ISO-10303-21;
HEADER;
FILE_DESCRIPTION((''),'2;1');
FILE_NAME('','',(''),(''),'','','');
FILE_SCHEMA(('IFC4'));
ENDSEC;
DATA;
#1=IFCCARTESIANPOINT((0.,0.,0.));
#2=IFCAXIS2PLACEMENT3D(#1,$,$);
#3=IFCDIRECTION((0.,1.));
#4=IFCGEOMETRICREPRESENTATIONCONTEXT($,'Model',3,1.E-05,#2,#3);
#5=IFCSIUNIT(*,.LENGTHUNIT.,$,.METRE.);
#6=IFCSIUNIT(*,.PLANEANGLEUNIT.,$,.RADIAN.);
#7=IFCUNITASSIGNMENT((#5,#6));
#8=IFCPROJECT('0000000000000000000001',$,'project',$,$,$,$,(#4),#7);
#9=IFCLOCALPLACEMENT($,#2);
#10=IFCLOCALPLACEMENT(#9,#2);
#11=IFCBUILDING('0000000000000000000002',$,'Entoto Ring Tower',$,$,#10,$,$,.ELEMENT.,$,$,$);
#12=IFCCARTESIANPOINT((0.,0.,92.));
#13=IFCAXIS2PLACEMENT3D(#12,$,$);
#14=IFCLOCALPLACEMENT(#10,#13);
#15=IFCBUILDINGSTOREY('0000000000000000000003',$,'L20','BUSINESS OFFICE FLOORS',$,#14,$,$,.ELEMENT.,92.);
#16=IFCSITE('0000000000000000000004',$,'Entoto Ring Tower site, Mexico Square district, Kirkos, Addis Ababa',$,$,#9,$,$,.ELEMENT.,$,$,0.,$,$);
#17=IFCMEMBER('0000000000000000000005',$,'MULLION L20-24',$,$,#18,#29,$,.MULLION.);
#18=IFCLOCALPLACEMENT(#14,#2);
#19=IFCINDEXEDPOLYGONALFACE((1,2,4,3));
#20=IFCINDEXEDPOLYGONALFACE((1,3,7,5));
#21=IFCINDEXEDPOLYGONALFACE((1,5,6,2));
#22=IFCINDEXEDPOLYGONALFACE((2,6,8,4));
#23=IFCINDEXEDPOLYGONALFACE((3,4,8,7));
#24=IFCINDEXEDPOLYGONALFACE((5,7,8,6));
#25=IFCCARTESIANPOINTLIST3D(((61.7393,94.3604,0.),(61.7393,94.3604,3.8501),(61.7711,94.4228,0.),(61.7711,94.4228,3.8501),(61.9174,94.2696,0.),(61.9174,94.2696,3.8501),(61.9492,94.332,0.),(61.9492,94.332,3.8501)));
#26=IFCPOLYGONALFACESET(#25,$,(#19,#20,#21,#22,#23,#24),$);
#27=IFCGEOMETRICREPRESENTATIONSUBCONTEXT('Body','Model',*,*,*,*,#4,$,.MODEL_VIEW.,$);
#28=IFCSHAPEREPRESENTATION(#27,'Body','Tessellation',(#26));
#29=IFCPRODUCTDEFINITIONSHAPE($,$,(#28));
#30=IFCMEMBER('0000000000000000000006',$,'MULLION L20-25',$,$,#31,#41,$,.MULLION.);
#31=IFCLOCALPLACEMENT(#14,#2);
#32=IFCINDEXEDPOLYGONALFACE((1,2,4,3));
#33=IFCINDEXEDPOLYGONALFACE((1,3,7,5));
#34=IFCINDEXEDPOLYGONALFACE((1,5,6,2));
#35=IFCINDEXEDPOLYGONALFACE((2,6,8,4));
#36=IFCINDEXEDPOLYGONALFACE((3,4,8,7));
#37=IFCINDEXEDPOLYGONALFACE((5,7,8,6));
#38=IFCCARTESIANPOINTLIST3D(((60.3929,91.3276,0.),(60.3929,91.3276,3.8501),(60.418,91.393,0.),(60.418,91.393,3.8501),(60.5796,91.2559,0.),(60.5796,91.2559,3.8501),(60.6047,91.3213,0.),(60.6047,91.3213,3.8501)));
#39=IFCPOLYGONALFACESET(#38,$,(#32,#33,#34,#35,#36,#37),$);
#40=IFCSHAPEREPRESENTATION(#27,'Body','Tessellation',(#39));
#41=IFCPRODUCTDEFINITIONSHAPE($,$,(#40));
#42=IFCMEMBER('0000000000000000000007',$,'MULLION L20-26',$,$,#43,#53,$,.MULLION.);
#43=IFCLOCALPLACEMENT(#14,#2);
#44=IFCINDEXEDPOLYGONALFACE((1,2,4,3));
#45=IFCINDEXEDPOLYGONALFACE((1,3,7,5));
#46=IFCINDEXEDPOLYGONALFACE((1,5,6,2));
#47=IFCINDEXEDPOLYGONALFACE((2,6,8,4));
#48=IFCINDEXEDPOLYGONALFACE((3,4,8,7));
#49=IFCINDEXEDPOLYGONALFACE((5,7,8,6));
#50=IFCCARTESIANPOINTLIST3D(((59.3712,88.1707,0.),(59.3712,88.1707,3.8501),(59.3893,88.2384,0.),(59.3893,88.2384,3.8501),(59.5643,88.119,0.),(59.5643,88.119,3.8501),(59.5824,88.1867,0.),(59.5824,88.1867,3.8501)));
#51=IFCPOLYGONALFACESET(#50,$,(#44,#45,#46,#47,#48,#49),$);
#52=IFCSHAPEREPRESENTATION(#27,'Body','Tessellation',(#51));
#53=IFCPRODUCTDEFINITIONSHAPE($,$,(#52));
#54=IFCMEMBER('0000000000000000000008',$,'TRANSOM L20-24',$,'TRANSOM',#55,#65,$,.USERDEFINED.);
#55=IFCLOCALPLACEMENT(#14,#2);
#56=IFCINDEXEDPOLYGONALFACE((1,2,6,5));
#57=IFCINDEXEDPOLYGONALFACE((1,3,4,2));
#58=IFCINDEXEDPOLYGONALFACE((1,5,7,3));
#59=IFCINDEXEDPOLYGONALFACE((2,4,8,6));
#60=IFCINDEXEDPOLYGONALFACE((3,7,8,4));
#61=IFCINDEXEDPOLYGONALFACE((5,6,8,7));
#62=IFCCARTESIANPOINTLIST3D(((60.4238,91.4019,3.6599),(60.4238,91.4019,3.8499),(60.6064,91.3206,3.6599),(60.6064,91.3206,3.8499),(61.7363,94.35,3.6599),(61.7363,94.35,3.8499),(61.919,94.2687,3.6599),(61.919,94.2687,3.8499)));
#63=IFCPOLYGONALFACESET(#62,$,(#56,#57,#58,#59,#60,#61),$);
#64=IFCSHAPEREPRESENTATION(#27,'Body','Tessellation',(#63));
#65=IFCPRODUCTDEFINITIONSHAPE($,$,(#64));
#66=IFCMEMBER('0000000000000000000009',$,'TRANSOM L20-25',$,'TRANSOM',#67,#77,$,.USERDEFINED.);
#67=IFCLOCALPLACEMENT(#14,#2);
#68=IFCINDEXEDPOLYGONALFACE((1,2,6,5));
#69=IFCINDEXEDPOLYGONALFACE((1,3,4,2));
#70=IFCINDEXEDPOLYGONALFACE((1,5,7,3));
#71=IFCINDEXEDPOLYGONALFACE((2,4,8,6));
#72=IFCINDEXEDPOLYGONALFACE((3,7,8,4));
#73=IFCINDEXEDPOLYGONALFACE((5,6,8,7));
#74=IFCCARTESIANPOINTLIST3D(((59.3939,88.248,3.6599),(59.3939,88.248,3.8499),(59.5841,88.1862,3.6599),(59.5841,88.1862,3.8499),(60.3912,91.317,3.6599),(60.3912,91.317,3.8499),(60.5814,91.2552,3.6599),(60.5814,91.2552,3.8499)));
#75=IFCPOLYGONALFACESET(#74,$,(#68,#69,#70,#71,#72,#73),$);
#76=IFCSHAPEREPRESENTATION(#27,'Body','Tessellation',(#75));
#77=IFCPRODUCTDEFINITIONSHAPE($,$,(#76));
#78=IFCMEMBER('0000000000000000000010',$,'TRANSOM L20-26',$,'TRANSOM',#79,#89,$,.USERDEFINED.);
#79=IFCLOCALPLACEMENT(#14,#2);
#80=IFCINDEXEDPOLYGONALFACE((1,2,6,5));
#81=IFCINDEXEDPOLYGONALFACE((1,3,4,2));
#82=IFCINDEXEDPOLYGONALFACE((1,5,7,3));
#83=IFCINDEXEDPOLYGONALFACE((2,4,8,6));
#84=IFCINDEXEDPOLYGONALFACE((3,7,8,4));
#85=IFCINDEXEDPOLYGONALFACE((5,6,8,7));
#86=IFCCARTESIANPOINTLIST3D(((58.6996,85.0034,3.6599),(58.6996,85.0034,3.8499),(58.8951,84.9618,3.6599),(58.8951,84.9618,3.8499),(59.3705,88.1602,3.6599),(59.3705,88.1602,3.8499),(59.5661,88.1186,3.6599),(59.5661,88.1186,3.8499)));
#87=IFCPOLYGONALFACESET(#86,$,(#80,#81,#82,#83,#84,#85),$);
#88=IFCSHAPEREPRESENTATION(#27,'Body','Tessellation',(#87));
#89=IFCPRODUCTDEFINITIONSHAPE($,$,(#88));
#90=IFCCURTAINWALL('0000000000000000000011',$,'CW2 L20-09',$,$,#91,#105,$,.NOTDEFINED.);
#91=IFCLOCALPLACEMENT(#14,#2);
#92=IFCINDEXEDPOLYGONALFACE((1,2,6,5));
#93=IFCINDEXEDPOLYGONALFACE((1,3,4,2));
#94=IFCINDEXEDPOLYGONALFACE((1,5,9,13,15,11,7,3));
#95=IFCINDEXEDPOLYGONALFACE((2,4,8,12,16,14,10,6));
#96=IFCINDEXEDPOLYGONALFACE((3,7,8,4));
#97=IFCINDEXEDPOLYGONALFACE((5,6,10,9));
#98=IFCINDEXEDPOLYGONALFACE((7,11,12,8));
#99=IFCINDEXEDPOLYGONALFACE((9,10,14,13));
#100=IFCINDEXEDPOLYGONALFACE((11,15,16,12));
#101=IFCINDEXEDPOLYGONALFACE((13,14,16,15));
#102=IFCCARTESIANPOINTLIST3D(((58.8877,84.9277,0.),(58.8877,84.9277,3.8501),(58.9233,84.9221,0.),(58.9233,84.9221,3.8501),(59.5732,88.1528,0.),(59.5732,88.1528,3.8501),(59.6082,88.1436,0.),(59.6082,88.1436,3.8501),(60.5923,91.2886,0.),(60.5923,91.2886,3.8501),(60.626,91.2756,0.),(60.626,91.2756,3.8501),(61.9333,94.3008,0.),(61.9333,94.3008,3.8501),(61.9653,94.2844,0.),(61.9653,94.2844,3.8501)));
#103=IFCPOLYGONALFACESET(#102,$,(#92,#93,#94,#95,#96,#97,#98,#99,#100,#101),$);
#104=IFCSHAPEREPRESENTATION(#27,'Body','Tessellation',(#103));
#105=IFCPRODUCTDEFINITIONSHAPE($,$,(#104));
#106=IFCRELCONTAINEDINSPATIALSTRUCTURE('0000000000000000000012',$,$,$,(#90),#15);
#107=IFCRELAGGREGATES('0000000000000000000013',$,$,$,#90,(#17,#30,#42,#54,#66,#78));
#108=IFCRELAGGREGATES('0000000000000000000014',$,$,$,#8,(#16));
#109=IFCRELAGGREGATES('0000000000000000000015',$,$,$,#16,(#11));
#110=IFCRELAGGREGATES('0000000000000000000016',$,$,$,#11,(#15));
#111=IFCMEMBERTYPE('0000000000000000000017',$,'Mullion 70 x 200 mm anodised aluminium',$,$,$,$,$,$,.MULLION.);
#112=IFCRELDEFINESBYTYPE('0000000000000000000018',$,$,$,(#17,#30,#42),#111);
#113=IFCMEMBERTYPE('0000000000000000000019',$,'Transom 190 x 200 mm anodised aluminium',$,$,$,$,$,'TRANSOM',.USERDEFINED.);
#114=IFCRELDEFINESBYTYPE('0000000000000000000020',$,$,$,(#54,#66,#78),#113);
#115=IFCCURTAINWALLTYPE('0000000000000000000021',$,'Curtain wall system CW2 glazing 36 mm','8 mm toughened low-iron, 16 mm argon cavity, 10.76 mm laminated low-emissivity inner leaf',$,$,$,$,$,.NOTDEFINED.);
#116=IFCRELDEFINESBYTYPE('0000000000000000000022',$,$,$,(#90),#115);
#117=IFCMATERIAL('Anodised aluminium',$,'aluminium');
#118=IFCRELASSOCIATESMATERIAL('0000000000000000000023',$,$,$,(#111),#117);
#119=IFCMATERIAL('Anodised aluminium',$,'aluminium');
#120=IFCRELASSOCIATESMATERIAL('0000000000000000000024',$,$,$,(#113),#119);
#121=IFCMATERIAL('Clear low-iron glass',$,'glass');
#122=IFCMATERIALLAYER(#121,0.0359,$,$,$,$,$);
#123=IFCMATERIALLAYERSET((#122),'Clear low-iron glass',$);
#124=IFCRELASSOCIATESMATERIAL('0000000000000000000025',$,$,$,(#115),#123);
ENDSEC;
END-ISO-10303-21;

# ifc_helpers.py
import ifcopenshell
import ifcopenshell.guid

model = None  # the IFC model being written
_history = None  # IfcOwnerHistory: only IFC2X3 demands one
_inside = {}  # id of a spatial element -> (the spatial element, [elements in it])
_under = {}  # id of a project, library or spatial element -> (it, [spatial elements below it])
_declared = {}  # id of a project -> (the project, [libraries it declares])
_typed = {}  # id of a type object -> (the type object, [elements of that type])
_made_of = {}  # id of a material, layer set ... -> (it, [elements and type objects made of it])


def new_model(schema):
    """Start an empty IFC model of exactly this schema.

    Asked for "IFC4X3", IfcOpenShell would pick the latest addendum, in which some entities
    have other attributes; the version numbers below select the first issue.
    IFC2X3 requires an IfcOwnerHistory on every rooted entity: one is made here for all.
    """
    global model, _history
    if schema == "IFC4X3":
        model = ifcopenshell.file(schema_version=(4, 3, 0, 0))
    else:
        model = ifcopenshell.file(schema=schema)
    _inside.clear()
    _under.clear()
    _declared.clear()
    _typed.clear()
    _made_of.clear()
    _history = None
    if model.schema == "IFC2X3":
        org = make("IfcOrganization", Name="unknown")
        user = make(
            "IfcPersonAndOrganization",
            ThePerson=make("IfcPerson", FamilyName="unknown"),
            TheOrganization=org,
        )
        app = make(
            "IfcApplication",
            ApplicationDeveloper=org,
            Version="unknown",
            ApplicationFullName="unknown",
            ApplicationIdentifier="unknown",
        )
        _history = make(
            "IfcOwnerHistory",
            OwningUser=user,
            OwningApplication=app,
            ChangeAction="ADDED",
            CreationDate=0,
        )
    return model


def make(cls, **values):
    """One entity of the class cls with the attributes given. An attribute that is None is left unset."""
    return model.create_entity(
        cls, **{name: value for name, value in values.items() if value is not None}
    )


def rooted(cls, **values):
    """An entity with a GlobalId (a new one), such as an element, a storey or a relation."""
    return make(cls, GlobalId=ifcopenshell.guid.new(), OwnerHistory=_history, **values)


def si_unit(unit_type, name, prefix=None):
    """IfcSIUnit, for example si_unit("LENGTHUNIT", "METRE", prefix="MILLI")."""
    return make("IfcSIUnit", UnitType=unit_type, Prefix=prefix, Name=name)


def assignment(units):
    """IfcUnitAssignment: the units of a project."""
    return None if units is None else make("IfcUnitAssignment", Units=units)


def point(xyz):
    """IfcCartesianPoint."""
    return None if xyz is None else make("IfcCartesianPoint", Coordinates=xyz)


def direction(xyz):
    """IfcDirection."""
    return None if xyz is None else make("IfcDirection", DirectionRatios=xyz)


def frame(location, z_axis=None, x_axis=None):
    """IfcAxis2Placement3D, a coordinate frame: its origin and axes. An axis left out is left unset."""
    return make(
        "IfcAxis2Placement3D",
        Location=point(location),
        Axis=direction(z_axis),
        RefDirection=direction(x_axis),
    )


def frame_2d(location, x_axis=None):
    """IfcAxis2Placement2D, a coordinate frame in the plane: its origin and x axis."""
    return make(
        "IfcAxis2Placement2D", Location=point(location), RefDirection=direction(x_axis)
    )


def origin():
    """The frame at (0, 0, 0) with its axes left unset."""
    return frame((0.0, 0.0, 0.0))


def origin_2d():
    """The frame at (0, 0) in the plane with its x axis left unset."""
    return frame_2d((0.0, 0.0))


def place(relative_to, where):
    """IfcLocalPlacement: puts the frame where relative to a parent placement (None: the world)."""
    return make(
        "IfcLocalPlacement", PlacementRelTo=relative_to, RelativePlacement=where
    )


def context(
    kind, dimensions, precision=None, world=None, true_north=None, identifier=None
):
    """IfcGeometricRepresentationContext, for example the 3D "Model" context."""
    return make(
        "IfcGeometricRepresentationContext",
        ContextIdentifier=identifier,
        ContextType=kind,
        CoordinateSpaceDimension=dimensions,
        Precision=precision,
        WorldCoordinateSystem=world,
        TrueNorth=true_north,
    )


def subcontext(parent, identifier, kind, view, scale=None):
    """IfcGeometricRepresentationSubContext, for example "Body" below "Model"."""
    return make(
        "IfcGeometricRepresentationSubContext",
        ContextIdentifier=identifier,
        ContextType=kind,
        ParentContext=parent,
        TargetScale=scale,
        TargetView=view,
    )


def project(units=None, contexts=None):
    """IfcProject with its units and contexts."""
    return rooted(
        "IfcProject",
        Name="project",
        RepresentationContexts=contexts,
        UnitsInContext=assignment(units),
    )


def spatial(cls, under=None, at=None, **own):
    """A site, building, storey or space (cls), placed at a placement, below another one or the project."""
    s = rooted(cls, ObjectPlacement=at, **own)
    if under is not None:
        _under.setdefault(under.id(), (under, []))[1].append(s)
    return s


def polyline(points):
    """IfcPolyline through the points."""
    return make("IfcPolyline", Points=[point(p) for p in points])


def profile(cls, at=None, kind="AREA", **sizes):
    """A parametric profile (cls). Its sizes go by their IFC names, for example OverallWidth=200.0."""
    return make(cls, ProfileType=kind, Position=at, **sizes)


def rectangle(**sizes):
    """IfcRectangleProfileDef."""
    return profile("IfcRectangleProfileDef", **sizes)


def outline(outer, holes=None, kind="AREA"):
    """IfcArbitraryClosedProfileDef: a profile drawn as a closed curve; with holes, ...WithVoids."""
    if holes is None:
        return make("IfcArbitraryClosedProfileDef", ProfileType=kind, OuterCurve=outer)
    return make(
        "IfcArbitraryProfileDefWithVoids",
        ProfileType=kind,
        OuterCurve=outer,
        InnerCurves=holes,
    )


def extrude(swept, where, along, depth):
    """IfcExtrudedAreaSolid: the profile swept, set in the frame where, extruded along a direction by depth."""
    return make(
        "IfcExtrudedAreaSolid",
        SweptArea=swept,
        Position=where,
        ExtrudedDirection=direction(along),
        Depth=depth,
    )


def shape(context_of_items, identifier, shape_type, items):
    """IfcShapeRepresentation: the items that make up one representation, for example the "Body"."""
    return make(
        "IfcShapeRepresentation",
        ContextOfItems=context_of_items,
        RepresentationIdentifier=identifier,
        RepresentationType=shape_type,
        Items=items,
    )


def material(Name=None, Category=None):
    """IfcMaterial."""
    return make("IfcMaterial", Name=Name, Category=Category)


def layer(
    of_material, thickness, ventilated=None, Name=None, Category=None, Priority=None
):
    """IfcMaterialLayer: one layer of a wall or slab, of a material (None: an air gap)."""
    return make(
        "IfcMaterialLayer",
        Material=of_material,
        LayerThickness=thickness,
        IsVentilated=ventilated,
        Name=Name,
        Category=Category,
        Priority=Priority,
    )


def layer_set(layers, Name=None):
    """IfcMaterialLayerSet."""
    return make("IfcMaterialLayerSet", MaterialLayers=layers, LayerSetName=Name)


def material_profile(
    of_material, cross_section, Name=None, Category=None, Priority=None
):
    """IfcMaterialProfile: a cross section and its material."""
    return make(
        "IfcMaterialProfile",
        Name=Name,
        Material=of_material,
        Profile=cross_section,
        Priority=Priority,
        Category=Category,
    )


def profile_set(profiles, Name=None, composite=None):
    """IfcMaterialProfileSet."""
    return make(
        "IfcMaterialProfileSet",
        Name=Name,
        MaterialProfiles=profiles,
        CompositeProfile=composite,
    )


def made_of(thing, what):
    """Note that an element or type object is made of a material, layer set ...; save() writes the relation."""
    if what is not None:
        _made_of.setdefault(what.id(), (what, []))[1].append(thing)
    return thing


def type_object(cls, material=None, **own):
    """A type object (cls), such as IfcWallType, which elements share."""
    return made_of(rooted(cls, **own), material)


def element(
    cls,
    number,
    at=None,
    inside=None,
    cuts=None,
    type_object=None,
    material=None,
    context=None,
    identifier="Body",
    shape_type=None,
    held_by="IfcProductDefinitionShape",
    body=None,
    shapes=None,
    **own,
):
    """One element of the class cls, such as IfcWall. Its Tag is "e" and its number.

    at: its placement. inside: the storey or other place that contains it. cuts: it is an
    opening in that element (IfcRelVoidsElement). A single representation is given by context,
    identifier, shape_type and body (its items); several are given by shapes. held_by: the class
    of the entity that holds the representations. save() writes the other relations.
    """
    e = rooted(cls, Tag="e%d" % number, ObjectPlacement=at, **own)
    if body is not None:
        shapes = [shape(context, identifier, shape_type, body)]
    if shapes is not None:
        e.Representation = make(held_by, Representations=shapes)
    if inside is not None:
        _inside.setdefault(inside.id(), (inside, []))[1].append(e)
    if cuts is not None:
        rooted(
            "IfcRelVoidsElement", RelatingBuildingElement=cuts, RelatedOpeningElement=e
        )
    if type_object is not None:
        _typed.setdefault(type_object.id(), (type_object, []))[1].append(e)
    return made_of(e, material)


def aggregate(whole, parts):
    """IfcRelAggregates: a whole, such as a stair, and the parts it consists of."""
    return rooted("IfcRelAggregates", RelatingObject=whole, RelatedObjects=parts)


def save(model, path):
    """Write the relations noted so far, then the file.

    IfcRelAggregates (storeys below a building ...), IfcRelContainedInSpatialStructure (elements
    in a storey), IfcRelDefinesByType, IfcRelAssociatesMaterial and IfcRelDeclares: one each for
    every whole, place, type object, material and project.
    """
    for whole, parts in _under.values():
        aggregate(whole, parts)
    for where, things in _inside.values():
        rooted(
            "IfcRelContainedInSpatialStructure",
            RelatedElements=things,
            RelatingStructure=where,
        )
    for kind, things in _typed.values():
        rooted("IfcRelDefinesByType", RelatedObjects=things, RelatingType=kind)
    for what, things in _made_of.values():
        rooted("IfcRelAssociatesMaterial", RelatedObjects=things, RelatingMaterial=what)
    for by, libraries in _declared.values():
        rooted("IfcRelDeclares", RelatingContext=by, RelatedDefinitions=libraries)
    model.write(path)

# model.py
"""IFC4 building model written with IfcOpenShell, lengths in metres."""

from ifc_helpers import new_model, si_unit, direction, frame, origin, origin_2d, place, context, subcontext, project, spatial, polyline, rectangle, outline, extrude, material, layer, layer_set, material_profile, profile_set, type_object, element, aggregate, save


model = new_model("IFC4")

# Units and contexts
model_context = context("Model", 3, precision=1e-05, world=origin(), true_north=direction((0.0, 1.0)))
body_context = subcontext(model_context, "Body", "Model", "MODEL_VIEW")
ifc_project = project(units=[si_unit("LENGTHUNIT", "METRE"), si_unit("PLANEANGLEUNIT", "RADIAN")], contexts=[model_context])

# Members
ifc_material_1 = material(Name="Anodised aluminium", Category="aluminium")
ifc_material_profile_1 = material_profile(ifc_material_1, rectangle(XDim=0.0701, YDim=0.2, at=origin_2d()), Name="Mullion 70 x 200 mm anodised aluminium")
ifc_profile_set_1 = profile_set([ifc_material_profile_1], Name="Anodised aluminium")
member_type_1 = type_object("IfcMemberType", Name="Mullion 70 x 200 mm anodised aluminium", PredefinedType="MULLION", material=ifc_profile_set_1)
site_placement = place(None, origin())
building_placement = place(site_placement, origin())
storey_placement = place(building_placement, frame((0.0, 0.0, 92.0)))
member_1_placement = place(storey_placement, frame((61.8442, 94.3462, 0.0), z_axis=(0.0, 0.0, 1.0), x_axis=(-0.45399, -0.891007, 0.0)))
member_1 = element("IfcMember", 1, at=member_1_placement, type_object=member_type_1, Name="MULLION L20-24", PredefinedType="MULLION", context=body_context, shape_type="SweptSolid", body=[
    extrude(rectangle(XDim=0.0701, YDim=0.2, at=origin_2d()), origin(), (0.0, 0.0, 1.0), 3.8501),
])
member_2_placement = place(storey_placement, frame((60.4988, 91.3245, 0.0), z_axis=(0.0, 0.0, 1.0), x_axis=(-0.358368, -0.93358, 0.0)))
member_2 = element("IfcMember", 2, at=member_2_placement, type_object=member_type_1, Name="MULLION L20-25", PredefinedType="MULLION", context=body_context, shape_type="SweptSolid", body=[
    extrude(rectangle(XDim=0.0701, YDim=0.2, at=origin_2d()), origin(), (0.0, 0.0, 1.0), 3.8501),
])
member_3_placement = place(storey_placement, frame((59.4768, 88.1787, 0.0), z_axis=(0.0, 0.0, 1.0), x_axis=(-0.258819, -0.965926, 0.0)))
member_3 = element("IfcMember", 3, at=member_3_placement, type_object=member_type_1, Name="MULLION L20-26", PredefinedType="MULLION", context=body_context, shape_type="SweptSolid", body=[
    extrude(rectangle(XDim=0.0701, YDim=0.2, at=origin_2d()), origin(), (0.0, 0.0, 1.0), 3.8501),
])
ifc_material_2 = material(Name="Anodised aluminium", Category="aluminium")
ifc_material_profile_2 = material_profile(ifc_material_2, rectangle(XDim=0.2, YDim=0.1899, at=origin_2d()), Name="Transom 190 x 200 mm anodised aluminium")
ifc_profile_set_2 = profile_set([ifc_material_profile_2], Name="Anodised aluminium")
member_type_2 = type_object("IfcMemberType", Name="Transom 190 x 200 mm anodised aluminium", ElementType="TRANSOM", PredefinedType="USERDEFINED", material=ifc_profile_set_2)
member_4_placement = place(storey_placement, frame((61.8276, 94.3093, 3.7549), z_axis=(-0.406728, -0.913549, 0.0), x_axis=(0.913549, -0.406728, 0.0)))
member_4 = element("IfcMember", 4, at=member_4_placement, type_object=member_type_2, Name="TRANSOM L20-24", ObjectType="TRANSOM", PredefinedType="USERDEFINED", context=body_context, shape_type="SweptSolid", body=[
    extrude(rectangle(XDim=0.2, YDim=0.1899, at=origin_2d()), origin(), (0.0, 0.0, 1.0), 3.2271),
])
member_5_placement = place(storey_placement, frame((60.4863, 91.2861, 3.7549), z_axis=(-0.309047, -0.951047, 0.0), x_axis=(0.951047, -0.309047, 0.0)))
member_5 = element("IfcMember", 5, at=member_5_placement, type_object=member_type_2, Name="TRANSOM L20-25", ObjectType="TRANSOM", PredefinedType="USERDEFINED", context=body_context, shape_type="SweptSolid", body=[
    extrude(rectangle(XDim=0.2, YDim=0.1899, at=origin_2d()), origin(), (0.0, 0.0, 1.0), 3.2271),
])
member_6_placement = place(storey_placement, frame((59.4683, 88.1394, 3.7549), z_axis=(-0.207886, -0.978153, 0.0), x_axis=(0.978153, -0.207886, 0.0)))
member_6 = element("IfcMember", 6, at=member_6_placement, type_object=member_type_2, Name="TRANSOM L20-26", ObjectType="TRANSOM", PredefinedType="USERDEFINED", context=body_context, shape_type="SweptSolid", body=[
    extrude(rectangle(XDim=0.2, YDim=0.1899, at=origin_2d()), origin(), (0.0, 0.0, 1.0), 3.2273),
])

# Site, building, storey
site = spatial("IfcSite", under=ifc_project, at=site_placement, Name="Entoto Ring Tower site, Mexico Square district, Kirkos, Addis Ababa", CompositionType="ELEMENT", RefElevation=0.0)
building = spatial("IfcBuilding", under=site, at=building_placement, Name="Entoto Ring Tower", CompositionType="ELEMENT")
storey = spatial("IfcBuildingStorey", under=building, at=storey_placement, Name="L20", Description="BUSINESS OFFICE FLOORS", CompositionType="ELEMENT", Elevation=92.0)

# Curtain wall
ifc_material_3 = material(Name="Clear low-iron glass", Category="glass")
ifc_layer = layer(ifc_material_3, 0.0359)
ifc_layer_set = layer_set([ifc_layer], Name="Clear low-iron glass")
curtain_wall_type = type_object("IfcCurtainWallType", Name="Curtain wall system CW2 glazing 36 mm", Description="8 mm toughened low-iron, 16 mm argon cavity, 10.76 mm laminated low-emissivity inner leaf", PredefinedType="NOTDEFINED", material=ifc_layer_set)
curtain_wall_1_placement = place(storey_placement, origin())
curtain_wall_1 = element("IfcCurtainWall", 7, at=curtain_wall_1_placement, inside=storey, type_object=curtain_wall_type, Name="CW2 L20-09", PredefinedType="NOTDEFINED", context=body_context, shape_type="SweptSolid", body=[
    extrude(outline(polyline([(61.9333, 94.3008), (60.5923, 91.2886), (59.5732, 88.1528), (58.8877, 84.9277), (58.9233, 84.9221), (59.6082, 88.1436), (60.626, 91.2756), (61.9653, 94.2844), (61.9333, 94.3008)])), origin(), (0.0, 0.0, 1.0), 3.8501),
])
aggregate(curtain_wall_1, [member_1, member_2, member_3, member_4, member_5, member_6])

save(model, "model.ifc")
